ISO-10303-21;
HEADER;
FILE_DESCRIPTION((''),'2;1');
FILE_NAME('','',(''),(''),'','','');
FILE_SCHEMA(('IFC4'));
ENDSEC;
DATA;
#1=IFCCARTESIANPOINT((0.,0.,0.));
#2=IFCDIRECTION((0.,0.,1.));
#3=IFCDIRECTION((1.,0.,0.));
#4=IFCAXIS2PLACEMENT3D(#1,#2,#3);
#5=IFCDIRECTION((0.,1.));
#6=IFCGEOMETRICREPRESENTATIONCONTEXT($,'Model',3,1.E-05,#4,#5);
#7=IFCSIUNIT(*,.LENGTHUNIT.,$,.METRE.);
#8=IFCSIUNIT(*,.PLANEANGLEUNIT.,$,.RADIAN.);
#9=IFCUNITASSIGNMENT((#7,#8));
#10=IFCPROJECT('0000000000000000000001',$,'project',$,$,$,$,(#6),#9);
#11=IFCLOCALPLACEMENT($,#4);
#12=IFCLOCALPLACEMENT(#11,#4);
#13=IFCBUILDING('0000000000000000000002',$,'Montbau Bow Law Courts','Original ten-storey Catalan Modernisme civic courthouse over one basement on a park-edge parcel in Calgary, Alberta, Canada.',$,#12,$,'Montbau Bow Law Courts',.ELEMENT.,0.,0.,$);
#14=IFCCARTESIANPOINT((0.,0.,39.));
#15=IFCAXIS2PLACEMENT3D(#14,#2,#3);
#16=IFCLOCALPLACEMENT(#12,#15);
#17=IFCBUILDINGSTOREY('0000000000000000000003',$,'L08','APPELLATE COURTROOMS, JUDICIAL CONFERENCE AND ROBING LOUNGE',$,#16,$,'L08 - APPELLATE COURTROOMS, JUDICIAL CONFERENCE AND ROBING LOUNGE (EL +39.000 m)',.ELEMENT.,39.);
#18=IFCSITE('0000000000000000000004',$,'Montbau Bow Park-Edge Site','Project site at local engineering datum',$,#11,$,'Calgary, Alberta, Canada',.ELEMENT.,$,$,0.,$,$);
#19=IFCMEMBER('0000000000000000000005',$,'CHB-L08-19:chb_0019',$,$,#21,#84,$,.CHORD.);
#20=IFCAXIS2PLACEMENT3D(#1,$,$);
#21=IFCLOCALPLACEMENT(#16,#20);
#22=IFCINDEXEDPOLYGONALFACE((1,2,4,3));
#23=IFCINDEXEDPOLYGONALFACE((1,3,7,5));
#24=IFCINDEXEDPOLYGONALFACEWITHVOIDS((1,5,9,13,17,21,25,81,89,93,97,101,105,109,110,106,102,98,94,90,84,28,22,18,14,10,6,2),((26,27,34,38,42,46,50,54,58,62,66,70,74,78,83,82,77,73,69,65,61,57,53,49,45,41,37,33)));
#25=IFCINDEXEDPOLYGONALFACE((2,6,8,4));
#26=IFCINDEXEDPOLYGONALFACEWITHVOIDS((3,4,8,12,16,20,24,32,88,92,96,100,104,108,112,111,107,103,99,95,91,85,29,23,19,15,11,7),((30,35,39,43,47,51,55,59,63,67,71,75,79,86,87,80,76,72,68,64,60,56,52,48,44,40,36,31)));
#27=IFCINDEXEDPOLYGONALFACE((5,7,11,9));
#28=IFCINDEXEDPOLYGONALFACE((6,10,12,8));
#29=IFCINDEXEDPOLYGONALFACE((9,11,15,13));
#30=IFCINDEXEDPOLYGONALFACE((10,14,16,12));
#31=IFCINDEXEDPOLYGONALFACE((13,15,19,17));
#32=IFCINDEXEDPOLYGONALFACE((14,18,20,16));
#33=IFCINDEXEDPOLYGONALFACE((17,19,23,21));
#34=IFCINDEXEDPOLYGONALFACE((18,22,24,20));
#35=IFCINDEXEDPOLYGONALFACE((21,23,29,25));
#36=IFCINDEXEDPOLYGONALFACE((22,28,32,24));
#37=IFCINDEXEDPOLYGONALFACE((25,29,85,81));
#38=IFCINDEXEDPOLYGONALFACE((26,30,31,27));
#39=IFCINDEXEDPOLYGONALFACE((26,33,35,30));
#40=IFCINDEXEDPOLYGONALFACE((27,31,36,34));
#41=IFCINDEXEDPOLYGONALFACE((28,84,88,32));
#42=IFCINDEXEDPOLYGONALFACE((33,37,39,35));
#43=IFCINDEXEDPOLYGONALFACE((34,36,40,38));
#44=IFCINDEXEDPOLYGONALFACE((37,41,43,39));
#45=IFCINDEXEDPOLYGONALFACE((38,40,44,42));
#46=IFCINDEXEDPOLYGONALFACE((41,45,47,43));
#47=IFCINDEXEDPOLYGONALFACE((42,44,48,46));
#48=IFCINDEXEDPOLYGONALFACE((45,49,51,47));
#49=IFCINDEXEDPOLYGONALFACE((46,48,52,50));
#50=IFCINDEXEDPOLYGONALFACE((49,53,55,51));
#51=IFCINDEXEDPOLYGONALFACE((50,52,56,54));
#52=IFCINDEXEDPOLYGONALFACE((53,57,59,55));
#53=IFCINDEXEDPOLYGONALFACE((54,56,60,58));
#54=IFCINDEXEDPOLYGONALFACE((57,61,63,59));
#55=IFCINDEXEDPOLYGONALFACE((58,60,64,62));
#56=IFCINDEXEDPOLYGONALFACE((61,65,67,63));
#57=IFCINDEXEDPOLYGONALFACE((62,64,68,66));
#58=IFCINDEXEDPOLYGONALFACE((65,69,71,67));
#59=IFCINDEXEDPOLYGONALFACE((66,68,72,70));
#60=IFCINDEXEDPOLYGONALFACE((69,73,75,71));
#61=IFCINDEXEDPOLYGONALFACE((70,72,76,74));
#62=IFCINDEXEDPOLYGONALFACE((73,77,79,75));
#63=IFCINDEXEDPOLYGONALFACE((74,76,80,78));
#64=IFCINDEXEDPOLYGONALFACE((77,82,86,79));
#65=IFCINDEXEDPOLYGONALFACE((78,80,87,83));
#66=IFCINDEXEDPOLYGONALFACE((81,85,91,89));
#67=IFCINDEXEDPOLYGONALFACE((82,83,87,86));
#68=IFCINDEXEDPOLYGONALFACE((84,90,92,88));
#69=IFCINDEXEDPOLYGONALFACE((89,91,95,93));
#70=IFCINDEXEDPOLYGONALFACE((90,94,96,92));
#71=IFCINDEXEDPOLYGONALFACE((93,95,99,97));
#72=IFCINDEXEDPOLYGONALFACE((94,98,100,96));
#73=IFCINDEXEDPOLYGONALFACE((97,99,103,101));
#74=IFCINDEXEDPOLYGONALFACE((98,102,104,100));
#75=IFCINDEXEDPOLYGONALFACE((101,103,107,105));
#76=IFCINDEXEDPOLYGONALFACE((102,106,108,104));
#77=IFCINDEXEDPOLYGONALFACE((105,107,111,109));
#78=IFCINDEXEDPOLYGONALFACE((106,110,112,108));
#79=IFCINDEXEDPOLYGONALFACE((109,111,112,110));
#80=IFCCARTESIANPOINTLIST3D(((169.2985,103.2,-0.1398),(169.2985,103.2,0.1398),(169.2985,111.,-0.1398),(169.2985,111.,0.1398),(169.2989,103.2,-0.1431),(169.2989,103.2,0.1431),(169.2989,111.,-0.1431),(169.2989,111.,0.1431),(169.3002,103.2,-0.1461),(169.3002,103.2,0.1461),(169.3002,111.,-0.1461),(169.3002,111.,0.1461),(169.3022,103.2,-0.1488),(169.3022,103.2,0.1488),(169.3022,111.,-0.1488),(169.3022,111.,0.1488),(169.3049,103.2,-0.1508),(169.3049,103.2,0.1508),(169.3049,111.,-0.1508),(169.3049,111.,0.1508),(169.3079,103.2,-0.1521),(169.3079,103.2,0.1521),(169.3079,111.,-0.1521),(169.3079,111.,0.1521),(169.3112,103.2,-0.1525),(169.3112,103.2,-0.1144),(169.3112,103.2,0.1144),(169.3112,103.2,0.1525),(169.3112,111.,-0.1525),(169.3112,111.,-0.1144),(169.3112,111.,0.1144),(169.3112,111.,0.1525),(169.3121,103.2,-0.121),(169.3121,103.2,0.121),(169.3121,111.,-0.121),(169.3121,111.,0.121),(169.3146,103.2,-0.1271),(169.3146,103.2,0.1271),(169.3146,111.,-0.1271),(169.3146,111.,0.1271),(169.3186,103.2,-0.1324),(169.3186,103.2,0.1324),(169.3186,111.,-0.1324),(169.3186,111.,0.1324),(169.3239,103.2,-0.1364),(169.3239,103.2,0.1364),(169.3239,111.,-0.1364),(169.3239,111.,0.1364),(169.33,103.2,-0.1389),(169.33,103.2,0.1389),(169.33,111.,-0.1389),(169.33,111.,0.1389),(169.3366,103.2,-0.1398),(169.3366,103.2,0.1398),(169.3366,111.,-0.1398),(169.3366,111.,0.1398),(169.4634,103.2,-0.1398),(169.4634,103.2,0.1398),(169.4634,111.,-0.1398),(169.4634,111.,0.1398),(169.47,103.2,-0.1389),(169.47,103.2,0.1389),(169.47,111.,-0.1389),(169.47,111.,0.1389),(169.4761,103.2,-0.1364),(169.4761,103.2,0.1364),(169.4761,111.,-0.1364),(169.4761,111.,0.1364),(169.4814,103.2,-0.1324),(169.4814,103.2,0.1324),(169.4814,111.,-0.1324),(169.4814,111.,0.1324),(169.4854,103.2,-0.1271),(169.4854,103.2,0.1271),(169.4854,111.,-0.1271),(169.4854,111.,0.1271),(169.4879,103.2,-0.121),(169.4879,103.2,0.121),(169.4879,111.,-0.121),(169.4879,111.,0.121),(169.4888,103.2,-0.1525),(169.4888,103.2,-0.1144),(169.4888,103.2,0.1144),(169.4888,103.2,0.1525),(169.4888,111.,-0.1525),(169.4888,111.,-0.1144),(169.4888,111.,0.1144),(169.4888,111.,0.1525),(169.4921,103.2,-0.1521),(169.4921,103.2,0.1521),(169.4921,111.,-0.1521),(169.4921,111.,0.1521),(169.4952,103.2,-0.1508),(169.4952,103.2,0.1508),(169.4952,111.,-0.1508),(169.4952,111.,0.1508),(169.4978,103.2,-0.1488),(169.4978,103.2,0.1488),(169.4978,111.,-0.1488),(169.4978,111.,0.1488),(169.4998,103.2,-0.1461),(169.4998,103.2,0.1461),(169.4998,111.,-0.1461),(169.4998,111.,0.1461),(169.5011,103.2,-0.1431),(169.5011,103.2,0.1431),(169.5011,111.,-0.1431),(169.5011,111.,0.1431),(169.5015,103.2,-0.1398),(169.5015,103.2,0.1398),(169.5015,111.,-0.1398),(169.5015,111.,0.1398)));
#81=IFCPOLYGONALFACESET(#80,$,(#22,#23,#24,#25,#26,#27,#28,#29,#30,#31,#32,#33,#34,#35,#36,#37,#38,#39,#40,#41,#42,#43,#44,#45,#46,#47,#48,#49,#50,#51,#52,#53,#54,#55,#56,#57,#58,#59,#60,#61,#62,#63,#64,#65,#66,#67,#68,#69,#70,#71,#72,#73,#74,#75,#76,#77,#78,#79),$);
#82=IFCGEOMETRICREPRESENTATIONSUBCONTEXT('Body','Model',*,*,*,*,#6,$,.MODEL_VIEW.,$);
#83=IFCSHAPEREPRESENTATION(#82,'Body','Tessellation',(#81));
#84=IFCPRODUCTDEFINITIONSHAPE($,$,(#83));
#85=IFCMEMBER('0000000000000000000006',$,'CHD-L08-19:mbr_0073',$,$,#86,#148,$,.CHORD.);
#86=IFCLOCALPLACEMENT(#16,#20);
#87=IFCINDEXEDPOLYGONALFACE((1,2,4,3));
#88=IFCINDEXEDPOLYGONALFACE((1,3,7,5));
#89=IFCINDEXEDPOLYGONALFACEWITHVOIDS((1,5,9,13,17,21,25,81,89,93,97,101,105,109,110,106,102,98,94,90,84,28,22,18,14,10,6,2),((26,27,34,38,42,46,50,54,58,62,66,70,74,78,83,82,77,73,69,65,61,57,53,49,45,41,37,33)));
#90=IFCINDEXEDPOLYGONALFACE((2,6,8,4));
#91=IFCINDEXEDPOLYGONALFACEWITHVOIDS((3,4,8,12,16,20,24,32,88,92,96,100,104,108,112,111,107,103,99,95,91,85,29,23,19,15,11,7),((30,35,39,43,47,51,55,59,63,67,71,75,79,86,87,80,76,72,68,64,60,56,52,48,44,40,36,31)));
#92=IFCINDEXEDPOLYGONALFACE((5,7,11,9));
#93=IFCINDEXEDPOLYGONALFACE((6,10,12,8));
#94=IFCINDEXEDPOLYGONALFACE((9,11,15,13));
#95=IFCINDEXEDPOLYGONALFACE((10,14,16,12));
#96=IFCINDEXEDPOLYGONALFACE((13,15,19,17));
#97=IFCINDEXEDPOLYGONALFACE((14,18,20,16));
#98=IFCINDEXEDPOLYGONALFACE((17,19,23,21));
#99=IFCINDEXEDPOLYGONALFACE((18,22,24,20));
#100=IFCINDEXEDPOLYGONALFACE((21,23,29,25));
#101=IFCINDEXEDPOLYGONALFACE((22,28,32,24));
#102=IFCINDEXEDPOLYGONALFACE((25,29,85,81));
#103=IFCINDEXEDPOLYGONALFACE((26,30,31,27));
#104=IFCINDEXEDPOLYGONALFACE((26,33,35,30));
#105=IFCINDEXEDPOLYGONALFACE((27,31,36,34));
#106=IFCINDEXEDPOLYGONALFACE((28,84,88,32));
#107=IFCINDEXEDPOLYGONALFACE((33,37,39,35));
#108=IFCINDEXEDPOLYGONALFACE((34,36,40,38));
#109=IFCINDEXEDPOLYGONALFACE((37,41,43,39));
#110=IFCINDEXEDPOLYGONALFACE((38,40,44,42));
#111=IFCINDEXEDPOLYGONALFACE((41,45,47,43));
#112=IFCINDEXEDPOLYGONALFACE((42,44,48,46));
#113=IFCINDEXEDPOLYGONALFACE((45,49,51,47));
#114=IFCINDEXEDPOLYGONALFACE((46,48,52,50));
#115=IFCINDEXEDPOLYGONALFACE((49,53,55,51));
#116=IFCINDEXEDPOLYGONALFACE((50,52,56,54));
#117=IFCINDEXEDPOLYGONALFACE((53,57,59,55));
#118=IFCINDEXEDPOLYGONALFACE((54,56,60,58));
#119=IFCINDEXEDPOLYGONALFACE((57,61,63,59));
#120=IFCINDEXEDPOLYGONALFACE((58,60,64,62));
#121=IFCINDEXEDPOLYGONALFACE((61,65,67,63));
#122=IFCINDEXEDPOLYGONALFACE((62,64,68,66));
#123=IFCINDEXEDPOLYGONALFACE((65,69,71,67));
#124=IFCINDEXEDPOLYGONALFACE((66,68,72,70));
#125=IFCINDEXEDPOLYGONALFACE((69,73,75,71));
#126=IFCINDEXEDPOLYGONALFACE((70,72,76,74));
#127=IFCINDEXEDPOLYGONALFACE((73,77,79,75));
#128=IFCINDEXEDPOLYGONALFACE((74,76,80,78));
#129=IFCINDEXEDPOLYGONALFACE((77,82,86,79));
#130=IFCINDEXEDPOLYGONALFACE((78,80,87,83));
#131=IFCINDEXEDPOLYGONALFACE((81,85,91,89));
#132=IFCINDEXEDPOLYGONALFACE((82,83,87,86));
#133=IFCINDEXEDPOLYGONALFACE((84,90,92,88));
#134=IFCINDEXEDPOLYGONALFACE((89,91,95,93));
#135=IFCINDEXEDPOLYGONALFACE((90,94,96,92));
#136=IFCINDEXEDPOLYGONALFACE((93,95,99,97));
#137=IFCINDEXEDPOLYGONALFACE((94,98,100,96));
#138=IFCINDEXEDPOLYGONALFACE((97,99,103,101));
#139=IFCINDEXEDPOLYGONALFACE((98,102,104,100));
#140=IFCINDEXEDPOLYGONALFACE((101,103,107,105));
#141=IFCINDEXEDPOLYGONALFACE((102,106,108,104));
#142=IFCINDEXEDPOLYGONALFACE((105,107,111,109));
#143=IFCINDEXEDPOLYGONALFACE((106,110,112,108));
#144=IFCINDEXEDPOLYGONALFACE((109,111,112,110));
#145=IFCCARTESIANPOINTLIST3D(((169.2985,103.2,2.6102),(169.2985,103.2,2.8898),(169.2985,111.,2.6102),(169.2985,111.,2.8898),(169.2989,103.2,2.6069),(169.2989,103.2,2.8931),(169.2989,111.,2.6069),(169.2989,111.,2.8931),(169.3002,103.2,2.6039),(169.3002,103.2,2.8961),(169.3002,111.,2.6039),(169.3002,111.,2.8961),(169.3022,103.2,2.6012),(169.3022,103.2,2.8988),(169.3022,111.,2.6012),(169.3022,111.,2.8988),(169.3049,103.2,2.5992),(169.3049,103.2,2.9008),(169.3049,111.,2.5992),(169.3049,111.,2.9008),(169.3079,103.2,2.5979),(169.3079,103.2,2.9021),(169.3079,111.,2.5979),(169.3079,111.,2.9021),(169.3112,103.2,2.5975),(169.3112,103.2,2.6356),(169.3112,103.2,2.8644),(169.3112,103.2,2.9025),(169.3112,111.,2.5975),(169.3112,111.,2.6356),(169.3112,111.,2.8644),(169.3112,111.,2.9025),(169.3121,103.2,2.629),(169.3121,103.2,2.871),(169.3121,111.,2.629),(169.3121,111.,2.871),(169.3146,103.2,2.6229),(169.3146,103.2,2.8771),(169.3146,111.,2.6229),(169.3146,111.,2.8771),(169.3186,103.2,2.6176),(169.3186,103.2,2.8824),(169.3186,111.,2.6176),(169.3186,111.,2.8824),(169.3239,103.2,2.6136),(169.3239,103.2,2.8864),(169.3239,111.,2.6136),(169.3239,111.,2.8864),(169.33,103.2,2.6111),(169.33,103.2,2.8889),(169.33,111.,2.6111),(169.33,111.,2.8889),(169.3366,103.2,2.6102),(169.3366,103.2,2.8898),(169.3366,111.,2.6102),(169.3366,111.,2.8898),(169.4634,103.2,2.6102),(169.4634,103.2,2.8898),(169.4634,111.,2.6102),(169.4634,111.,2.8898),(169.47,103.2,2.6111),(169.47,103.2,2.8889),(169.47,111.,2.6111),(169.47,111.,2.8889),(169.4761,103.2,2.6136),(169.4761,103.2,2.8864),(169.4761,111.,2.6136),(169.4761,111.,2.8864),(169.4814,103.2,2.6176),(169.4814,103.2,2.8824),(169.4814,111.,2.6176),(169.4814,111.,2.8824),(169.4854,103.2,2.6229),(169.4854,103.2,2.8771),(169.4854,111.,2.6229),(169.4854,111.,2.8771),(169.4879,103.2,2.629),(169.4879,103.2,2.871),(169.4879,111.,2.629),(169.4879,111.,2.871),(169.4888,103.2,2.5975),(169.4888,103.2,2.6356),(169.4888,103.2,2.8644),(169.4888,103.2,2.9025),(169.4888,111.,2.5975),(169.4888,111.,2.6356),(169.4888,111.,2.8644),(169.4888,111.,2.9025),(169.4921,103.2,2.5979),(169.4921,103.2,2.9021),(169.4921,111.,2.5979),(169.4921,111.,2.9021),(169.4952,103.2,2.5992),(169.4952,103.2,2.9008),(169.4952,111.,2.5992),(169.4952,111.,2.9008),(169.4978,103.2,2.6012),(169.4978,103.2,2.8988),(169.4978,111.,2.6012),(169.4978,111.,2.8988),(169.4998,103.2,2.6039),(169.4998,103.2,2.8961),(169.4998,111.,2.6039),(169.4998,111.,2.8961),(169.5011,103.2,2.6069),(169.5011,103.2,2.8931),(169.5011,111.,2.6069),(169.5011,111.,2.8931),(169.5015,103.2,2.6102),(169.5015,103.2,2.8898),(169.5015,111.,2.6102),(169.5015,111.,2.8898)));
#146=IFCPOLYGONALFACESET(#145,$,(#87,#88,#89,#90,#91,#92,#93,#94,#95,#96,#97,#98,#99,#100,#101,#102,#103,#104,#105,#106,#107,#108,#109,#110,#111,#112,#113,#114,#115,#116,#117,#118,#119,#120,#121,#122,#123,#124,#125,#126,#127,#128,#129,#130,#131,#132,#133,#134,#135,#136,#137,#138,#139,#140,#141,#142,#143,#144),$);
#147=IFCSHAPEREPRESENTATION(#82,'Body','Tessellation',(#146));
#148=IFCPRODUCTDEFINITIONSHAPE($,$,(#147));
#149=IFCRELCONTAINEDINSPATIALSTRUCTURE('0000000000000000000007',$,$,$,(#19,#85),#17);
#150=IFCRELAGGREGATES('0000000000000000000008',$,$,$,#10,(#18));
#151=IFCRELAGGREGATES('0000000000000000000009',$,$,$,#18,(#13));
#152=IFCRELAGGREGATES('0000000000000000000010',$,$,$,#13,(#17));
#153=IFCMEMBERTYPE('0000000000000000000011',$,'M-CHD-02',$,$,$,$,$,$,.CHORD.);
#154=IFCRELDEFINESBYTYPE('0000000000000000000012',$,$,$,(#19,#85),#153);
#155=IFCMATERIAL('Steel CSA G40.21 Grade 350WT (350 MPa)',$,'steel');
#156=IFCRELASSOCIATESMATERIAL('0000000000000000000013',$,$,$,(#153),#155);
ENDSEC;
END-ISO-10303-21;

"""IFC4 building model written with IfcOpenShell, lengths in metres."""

from ifc_helpers import new_model, si_unit, direction, frame, origin_with_axes, origin_2d_with_axis, place, context, subcontext, project, spatial, hollow_rectangle, extrude, material, material_profile, profile_set, type_object, element, save


model = new_model("IFC4")

# Units and contexts
model_context = context("Model", 3, precision=1e-05, world=origin_with_axes(), true_north=direction((0.0, 1.0)))
body_context = subcontext(model_context, "Body", "Model", "MODEL_VIEW")
ifc_project = project(units=[si_unit("LENGTHUNIT", "METRE"), si_unit("PLANEANGLEUNIT", "RADIAN")], contexts=[model_context])

# Site, building, storey
site_placement = place(None, origin_with_axes())
site = spatial("IfcSite", under=ifc_project, at=site_placement, Name="Montbau Bow Park-Edge Site", Description="Project site at local engineering datum", LongName="Calgary, Alberta, Canada", CompositionType="ELEMENT", RefElevation=0.0)
building_placement = place(site_placement, origin_with_axes())
building = spatial("IfcBuilding", under=site, at=building_placement, Name="Montbau Bow Law Courts", Description="Original ten-storey Catalan Modernisme civic courthouse over one basement on a park-edge parcel in Calgary, Alberta, Canada.", LongName="Montbau Bow Law Courts", CompositionType="ELEMENT", ElevationOfRefHeight=0.0, ElevationOfTerrain=0.0)
storey_placement = place(building_placement, frame((0.0, 0.0, 39.0), z_axis=(0.0, 0.0, 1.0), x_axis=(1.0, 0.0, 0.0)))
storey = spatial("IfcBuildingStorey", under=building, at=storey_placement, Name="L08", Description="APPELLATE COURTROOMS, JUDICIAL CONFERENCE AND ROBING LOUNGE", LongName="L08 - APPELLATE COURTROOMS, JUDICIAL CONFERENCE AND ROBING LOUNGE (EL +39.000 m)", CompositionType="ELEMENT", Elevation=39.0)

# Shared definitions
ifc_material_1 = material(Name="Steel CSA G40.21 Grade 350WT (350 MPa)", Category="steel")

# Members
ifc_material_profile_1 = material_profile(ifc_material_1, hollow_rectangle(XDim=0.203, YDim=0.305, WallThickness=0.0127, InnerFilletRadius=0.0254, OuterFilletRadius=0.0127, at=origin_2d_with_axis()), Name="HSS305X203X13", Category="Main", Priority=0)
ifc_profile_set_1 = profile_set([ifc_material_profile_1], Name="Steel CSA G40.21 Grade 350WT (350 MPa)")
member_type_1 = type_object("IfcMemberType", Name="M-CHD-02", PredefinedType="CHORD", material=ifc_profile_set_1)
for number, where, z_axis, x_axis, name in (
    (1, (169.4, 103.2, 39.0), (0.0, 1.0, 0.0), (-1.0, 0.0, 0.0), "CHB-L08-19:chb_0019"),
    (2, (169.4, 103.2, 41.75), (0.0, 1.0, 0.0), (-1.0, 0.0, 0.0), "CHD-L08-19:mbr_0073"),
):
    element("IfcMember", number, at=place(None, frame(where, z_axis=z_axis, x_axis=x_axis)), inside=storey, type_object=member_type_1, Name=name, PredefinedType="CHORD", context=body_context, shape_type="SweptSolid", body=[
        extrude(hollow_rectangle(XDim=0.203, YDim=0.305, WallThickness=0.0127, InnerFilletRadius=0.0254, OuterFilletRadius=0.0127, at=origin_2d_with_axis()), origin_with_axes(), (0.0, 0.0, 1.0), 7.8),
    ])

save(model, "model.ifc")
